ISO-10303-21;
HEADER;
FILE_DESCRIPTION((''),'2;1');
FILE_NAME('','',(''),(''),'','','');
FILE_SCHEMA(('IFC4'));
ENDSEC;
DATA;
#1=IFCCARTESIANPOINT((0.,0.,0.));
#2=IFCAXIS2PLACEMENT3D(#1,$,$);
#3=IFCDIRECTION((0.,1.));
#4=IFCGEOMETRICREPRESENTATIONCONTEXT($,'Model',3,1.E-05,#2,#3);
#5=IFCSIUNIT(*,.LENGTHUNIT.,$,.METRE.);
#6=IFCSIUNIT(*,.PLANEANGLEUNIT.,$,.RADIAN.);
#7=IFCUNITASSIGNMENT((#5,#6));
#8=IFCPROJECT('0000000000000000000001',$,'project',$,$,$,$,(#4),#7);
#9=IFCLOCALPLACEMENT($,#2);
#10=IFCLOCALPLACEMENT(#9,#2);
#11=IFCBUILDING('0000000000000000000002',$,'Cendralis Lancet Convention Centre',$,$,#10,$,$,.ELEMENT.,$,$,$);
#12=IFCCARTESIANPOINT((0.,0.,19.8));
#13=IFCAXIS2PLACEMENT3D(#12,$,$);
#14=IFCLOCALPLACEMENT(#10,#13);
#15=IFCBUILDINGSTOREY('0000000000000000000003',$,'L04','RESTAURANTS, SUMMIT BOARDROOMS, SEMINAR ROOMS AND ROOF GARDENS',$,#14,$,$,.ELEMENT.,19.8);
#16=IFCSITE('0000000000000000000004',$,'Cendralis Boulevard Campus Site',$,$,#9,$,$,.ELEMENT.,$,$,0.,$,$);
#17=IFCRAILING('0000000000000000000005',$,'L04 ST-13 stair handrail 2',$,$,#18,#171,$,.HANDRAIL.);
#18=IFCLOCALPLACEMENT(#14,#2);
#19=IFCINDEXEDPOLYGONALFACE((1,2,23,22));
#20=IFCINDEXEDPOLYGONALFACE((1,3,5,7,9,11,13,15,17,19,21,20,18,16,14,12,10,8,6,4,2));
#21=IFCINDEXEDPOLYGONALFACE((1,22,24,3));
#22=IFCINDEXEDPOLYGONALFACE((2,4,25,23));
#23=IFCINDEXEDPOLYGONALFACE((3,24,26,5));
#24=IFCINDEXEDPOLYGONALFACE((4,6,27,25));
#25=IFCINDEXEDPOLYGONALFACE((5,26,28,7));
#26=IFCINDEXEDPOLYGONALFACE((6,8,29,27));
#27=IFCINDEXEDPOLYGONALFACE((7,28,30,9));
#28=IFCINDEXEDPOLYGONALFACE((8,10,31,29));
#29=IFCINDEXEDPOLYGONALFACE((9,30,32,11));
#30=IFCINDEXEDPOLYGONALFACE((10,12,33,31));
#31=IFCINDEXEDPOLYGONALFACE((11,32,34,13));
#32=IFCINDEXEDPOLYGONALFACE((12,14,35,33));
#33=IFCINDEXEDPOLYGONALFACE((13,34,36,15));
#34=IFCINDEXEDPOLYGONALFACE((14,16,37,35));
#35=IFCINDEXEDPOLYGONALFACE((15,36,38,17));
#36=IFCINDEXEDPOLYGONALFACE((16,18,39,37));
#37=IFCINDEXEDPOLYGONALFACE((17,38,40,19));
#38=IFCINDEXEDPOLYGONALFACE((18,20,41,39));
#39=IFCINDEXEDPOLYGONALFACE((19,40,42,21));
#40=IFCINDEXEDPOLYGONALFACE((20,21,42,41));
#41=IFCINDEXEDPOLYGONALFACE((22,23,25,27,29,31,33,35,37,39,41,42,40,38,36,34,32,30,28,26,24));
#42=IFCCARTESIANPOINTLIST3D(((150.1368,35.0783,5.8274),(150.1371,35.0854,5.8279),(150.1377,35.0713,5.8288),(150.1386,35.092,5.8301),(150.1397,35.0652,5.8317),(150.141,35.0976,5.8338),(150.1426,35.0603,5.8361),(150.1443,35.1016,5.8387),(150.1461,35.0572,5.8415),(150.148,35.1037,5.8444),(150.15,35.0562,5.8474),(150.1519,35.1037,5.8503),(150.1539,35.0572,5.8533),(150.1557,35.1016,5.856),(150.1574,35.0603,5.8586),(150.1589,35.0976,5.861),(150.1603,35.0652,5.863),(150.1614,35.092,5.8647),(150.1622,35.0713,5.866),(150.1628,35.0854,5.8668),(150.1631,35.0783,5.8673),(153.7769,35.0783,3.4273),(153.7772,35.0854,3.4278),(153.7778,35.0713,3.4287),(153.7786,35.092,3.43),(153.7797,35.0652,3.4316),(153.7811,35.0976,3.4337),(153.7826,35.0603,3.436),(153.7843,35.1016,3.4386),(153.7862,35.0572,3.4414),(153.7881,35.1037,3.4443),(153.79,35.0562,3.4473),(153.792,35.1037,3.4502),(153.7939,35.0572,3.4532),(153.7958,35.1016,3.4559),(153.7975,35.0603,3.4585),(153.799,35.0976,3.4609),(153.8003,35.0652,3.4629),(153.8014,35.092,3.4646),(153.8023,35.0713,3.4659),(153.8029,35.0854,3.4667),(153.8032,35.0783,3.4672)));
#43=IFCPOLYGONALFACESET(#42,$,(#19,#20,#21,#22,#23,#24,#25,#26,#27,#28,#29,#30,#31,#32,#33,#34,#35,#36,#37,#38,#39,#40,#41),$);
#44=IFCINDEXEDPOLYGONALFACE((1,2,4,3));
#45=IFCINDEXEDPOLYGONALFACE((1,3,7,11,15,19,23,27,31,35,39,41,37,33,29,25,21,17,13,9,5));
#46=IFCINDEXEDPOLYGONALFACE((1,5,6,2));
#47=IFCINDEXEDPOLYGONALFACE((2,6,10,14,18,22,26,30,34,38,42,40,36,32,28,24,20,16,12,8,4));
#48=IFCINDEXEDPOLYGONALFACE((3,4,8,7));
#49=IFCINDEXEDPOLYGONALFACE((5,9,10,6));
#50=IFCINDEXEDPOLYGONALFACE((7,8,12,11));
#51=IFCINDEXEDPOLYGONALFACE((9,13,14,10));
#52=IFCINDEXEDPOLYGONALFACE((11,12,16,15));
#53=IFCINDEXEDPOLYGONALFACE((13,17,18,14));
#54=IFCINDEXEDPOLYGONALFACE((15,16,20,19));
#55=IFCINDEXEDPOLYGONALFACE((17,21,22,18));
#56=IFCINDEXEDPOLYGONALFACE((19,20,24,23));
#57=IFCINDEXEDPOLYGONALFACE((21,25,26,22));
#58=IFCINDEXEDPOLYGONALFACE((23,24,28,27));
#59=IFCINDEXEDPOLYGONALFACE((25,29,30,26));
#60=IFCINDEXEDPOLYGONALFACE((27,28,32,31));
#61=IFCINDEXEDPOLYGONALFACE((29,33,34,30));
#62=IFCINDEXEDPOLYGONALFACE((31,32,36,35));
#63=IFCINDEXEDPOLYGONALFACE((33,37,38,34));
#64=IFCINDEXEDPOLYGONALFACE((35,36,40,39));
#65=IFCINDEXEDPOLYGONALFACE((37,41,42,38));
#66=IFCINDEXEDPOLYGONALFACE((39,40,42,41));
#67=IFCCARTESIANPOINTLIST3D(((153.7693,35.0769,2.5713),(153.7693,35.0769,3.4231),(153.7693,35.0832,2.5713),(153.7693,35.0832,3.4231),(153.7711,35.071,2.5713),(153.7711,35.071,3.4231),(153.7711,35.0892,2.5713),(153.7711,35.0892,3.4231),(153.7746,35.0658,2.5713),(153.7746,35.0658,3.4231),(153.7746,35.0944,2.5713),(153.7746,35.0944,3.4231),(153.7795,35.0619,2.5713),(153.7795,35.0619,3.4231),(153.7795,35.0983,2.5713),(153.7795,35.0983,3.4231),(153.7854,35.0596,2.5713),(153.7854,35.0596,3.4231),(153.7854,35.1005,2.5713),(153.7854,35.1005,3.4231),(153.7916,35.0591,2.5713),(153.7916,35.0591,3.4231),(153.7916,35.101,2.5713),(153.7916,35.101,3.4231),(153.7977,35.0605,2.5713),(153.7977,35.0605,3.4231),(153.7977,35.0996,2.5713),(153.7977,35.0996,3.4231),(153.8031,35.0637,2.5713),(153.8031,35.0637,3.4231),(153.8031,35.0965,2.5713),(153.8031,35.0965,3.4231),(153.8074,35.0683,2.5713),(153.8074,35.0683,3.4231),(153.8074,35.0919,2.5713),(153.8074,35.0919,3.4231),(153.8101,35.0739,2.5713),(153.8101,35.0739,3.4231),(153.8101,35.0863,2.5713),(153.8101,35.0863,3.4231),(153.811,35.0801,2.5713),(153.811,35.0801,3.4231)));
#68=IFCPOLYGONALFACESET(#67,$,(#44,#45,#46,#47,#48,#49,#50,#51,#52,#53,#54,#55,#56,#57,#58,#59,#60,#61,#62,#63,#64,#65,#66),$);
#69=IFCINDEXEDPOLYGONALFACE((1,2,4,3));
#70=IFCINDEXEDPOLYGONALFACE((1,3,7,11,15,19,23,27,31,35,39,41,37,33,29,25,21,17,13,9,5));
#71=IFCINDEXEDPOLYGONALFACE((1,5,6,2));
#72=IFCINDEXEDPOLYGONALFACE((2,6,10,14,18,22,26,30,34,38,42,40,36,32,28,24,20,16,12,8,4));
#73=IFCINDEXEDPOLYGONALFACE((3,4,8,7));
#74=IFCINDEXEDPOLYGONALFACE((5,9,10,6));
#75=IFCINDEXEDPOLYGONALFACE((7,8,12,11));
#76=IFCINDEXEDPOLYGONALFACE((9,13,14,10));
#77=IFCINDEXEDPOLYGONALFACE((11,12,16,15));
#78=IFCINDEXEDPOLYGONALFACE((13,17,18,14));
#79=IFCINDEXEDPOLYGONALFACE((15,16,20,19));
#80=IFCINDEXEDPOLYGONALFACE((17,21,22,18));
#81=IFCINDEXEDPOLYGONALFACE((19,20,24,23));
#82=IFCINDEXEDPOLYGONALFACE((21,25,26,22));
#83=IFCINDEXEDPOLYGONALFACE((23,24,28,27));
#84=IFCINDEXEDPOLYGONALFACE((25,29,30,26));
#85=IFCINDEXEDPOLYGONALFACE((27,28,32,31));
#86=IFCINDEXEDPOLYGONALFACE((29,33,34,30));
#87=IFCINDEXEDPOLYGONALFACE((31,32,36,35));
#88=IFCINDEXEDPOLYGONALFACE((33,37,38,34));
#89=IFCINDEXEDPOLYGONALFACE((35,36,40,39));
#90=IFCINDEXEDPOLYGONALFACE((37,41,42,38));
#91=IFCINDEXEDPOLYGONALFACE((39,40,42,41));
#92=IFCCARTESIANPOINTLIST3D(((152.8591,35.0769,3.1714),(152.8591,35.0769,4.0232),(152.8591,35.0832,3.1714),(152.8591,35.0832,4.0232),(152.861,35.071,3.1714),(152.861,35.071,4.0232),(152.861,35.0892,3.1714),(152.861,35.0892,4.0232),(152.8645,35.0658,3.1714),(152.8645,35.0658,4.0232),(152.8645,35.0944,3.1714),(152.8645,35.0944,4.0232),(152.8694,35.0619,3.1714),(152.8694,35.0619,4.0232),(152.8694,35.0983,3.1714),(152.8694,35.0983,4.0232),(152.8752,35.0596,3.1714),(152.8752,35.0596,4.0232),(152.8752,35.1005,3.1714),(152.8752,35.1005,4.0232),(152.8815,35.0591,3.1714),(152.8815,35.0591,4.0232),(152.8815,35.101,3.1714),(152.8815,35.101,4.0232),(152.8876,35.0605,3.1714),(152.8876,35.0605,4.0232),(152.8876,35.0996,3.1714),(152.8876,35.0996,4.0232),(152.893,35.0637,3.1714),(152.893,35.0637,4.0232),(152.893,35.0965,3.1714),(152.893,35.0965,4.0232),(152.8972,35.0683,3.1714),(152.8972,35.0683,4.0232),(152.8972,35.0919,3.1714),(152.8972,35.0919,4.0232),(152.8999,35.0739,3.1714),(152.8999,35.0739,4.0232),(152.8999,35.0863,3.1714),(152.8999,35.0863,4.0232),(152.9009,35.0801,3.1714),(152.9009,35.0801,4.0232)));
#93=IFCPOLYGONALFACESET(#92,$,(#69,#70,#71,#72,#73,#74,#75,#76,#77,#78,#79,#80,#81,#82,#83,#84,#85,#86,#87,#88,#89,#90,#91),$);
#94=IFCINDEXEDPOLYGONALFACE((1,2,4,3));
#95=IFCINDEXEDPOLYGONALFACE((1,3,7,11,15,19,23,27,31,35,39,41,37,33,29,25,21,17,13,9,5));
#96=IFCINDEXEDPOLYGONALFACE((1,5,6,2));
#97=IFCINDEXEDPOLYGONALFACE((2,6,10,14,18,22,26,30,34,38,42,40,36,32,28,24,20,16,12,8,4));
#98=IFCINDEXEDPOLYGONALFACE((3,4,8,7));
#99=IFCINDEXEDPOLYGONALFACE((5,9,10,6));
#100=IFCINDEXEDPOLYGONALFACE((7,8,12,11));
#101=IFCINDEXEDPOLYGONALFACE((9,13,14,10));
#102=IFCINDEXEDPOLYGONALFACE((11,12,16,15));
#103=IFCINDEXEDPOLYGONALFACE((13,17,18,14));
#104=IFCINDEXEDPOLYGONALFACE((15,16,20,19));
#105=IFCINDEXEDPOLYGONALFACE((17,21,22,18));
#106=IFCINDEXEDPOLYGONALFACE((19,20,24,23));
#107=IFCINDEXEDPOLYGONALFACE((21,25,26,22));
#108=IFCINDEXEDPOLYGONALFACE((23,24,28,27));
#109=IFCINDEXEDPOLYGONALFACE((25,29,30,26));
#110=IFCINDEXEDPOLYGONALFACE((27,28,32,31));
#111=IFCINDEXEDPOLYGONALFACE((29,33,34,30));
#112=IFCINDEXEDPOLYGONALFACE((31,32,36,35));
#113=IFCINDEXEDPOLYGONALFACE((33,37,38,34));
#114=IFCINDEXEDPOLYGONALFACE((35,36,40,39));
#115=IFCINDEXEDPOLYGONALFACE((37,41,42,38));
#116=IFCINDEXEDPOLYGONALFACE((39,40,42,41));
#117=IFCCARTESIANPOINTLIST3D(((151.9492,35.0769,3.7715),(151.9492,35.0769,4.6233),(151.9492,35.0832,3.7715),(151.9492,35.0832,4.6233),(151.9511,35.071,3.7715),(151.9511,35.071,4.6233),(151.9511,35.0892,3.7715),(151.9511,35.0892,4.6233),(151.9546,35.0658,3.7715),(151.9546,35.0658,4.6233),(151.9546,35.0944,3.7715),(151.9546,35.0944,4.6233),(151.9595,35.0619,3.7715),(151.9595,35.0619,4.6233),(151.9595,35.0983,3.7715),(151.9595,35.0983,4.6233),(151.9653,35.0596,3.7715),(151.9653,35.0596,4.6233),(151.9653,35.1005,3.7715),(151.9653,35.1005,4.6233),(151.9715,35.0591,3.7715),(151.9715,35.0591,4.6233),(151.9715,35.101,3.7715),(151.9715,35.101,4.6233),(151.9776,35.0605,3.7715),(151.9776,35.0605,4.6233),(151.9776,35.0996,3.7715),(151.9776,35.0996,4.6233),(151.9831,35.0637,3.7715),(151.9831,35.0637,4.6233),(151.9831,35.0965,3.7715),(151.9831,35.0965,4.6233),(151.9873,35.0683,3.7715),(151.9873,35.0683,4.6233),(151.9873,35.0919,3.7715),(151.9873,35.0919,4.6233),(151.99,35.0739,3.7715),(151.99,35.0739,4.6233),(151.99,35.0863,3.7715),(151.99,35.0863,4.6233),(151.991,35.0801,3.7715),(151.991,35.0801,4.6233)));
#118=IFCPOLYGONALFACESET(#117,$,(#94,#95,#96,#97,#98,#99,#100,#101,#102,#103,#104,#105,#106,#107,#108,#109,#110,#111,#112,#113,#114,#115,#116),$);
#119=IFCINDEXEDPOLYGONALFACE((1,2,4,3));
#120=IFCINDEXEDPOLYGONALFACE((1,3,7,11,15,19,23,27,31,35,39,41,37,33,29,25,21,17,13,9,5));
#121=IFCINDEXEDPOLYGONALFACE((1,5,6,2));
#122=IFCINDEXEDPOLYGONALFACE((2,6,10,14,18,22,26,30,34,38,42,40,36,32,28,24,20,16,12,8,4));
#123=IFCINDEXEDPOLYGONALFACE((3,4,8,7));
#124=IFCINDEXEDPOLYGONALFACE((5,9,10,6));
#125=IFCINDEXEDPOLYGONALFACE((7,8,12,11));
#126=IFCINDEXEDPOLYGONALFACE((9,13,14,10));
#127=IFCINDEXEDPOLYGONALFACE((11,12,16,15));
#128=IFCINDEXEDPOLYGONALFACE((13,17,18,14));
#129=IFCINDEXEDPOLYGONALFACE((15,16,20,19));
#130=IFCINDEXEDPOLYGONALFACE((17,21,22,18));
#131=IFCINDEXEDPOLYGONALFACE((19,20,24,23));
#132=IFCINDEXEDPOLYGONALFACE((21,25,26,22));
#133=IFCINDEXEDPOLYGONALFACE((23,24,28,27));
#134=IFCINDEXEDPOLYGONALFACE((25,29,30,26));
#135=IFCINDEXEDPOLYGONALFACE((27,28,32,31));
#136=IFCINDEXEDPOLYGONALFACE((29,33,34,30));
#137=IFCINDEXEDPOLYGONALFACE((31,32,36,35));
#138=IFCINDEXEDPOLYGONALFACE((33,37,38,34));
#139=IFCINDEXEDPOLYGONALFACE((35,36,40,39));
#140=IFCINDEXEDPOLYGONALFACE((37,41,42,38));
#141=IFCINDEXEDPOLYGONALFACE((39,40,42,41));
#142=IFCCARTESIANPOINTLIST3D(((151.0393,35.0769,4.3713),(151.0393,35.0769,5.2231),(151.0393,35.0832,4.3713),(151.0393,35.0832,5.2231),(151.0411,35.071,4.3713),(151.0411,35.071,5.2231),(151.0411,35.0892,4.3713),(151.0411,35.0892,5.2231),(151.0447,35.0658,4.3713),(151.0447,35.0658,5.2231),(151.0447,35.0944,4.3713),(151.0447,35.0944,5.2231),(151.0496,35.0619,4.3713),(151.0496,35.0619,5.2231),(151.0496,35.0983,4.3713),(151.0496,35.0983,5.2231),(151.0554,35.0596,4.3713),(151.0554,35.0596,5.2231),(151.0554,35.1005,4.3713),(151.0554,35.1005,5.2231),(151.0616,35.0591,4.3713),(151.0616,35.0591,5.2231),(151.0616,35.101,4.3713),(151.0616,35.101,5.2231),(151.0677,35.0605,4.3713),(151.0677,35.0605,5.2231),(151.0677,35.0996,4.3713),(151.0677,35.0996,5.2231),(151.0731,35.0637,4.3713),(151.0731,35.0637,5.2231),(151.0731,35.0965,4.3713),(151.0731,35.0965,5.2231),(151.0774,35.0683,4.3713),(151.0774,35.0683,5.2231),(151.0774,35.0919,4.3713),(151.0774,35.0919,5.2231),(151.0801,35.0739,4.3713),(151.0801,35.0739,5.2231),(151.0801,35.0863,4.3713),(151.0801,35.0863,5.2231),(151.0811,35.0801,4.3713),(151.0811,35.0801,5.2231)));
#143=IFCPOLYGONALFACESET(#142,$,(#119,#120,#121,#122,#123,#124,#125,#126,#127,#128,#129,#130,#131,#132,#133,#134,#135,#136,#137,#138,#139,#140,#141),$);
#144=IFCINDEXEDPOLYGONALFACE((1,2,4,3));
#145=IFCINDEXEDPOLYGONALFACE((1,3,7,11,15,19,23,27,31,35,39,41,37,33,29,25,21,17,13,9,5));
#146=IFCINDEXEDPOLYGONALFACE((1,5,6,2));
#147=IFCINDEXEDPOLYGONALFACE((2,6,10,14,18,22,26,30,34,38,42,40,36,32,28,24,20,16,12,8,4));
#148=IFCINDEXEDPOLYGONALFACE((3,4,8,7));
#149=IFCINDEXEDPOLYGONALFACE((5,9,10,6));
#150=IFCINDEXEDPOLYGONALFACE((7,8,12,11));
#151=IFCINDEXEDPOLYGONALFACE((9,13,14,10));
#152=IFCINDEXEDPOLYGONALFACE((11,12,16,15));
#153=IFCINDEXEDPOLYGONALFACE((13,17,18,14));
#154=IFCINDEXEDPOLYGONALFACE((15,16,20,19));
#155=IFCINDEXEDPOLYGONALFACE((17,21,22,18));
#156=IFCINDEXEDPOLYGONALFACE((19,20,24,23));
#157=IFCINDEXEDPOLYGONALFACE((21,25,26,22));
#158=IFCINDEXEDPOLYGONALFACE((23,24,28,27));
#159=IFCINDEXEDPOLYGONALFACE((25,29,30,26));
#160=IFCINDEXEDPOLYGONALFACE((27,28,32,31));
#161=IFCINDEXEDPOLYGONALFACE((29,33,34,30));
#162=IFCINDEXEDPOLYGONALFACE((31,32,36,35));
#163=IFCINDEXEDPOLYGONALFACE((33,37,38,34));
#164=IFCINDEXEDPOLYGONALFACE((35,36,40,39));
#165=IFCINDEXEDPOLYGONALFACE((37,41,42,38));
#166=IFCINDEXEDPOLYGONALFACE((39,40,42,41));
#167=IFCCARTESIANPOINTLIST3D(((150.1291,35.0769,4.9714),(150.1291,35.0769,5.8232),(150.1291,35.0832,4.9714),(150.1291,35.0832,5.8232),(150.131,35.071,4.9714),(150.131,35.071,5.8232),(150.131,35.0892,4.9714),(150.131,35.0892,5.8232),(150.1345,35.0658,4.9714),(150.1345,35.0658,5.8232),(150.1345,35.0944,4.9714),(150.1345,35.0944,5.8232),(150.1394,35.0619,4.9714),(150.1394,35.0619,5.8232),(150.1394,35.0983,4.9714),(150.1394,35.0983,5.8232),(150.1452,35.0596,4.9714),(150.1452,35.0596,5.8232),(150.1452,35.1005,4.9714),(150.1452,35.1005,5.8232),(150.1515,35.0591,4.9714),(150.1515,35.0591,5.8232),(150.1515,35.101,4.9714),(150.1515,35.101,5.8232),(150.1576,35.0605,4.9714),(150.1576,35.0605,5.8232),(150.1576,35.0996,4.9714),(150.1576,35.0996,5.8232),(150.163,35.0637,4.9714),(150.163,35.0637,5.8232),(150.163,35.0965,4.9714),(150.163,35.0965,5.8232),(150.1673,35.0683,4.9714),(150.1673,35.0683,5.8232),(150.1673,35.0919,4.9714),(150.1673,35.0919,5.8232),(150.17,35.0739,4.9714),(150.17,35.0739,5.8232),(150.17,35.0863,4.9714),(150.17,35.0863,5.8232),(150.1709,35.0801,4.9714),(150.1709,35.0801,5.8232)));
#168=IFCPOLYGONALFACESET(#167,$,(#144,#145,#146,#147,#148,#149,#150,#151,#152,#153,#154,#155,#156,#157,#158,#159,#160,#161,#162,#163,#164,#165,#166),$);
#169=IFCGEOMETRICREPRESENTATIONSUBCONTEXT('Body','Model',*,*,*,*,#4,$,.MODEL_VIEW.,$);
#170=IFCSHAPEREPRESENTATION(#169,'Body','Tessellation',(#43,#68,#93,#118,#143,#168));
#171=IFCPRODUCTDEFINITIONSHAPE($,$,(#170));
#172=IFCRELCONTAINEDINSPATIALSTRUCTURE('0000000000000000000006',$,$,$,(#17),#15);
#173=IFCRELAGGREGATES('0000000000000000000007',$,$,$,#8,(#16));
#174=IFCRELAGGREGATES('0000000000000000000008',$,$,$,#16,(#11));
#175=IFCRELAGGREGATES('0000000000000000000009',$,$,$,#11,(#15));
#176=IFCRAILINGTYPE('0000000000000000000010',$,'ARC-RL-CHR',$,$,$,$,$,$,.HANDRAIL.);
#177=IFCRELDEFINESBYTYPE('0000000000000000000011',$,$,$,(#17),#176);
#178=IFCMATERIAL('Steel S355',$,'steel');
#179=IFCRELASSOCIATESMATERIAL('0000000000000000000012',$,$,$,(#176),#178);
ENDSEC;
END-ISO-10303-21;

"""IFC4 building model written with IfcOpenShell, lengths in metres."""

from ifc_helpers import new_model, si_unit, direction, frame, origin, origin_2d, place, context, subcontext, project, spatial, circle, extrude, material, type_object, element, save


model = new_model("IFC4")

# Units and contexts
model_context = context("Model", 3, precision=1e-05, world=origin(), true_north=direction((0.0, 1.0)))
body_context = subcontext(model_context, "Body", "Model", "MODEL_VIEW")
ifc_project = project(units=[si_unit("LENGTHUNIT", "METRE"), si_unit("PLANEANGLEUNIT", "RADIAN")], contexts=[model_context])

# Site, building, storey
site_placement = place(None, origin())
site = spatial("IfcSite", under=ifc_project, at=site_placement, Name="Cendralis Boulevard Campus Site", CompositionType="ELEMENT", RefElevation=0.0)
building_placement = place(site_placement, origin())
building = spatial("IfcBuilding", under=site, at=building_placement, Name="Cendralis Lancet Convention Centre", CompositionType="ELEMENT")
storey_placement = place(building_placement, frame((0.0, 0.0, 19.8)))
storey = spatial("IfcBuildingStorey", under=building, at=storey_placement, Name="L04", Description="RESTAURANTS, SUMMIT BOARDROOMS, SEMINAR ROOMS AND ROOF GARDENS", CompositionType="ELEMENT", Elevation=19.8)

# Shared definitions
ifc_material_1 = material(Name="Steel S355", Category="steel")

# Railing
railing_type_1 = type_object("IfcRailingType", Name="ARC-RL-CHR", PredefinedType="HANDRAIL", material=ifc_material_1)
railing_1_placement = place(storey_placement, frame((153.79, 35.0801, 2.5713)))
element("IfcRailing", 1, at=railing_1_placement, inside=storey, type_object=railing_type_1, Name="L04 ST-13 stair handrail 2", PredefinedType="HANDRAIL", context=body_context, shape_type="SweptSolid", body=[
    extrude(circle(Radius=0.0239, at=origin_2d()), frame((0.0, 0.0, 0.876), z_axis=(-0.834856, 0.0, 0.550468), x_axis=(0.0, -1.0, 0.0)), (0.0, 0.0, 1.0), 4.3601),
    extrude(circle(Radius=0.021, at=origin_2d()), origin(), (0.0, 0.0, 1.0), 0.8518),
    extrude(circle(Radius=0.021, at=origin_2d()), frame((-0.9102, 0.0, 0.6001)), (0.0, 0.0, 1.0), 0.8518),
    extrude(circle(Radius=0.021, at=origin_2d()), frame((-1.8201, 0.0, 1.2002)), (0.0, 0.0, 1.0), 0.8518),
    extrude(circle(Radius=0.021, at=origin_2d()), frame((-2.73, 0.0, 1.8)), (0.0, 0.0, 1.0), 0.8518),
    extrude(circle(Radius=0.021, at=origin_2d()), frame((-3.6401, 0.0, 2.4001)), (0.0, 0.0, 1.0), 0.8518),
])

save(model, "model.ifc")
